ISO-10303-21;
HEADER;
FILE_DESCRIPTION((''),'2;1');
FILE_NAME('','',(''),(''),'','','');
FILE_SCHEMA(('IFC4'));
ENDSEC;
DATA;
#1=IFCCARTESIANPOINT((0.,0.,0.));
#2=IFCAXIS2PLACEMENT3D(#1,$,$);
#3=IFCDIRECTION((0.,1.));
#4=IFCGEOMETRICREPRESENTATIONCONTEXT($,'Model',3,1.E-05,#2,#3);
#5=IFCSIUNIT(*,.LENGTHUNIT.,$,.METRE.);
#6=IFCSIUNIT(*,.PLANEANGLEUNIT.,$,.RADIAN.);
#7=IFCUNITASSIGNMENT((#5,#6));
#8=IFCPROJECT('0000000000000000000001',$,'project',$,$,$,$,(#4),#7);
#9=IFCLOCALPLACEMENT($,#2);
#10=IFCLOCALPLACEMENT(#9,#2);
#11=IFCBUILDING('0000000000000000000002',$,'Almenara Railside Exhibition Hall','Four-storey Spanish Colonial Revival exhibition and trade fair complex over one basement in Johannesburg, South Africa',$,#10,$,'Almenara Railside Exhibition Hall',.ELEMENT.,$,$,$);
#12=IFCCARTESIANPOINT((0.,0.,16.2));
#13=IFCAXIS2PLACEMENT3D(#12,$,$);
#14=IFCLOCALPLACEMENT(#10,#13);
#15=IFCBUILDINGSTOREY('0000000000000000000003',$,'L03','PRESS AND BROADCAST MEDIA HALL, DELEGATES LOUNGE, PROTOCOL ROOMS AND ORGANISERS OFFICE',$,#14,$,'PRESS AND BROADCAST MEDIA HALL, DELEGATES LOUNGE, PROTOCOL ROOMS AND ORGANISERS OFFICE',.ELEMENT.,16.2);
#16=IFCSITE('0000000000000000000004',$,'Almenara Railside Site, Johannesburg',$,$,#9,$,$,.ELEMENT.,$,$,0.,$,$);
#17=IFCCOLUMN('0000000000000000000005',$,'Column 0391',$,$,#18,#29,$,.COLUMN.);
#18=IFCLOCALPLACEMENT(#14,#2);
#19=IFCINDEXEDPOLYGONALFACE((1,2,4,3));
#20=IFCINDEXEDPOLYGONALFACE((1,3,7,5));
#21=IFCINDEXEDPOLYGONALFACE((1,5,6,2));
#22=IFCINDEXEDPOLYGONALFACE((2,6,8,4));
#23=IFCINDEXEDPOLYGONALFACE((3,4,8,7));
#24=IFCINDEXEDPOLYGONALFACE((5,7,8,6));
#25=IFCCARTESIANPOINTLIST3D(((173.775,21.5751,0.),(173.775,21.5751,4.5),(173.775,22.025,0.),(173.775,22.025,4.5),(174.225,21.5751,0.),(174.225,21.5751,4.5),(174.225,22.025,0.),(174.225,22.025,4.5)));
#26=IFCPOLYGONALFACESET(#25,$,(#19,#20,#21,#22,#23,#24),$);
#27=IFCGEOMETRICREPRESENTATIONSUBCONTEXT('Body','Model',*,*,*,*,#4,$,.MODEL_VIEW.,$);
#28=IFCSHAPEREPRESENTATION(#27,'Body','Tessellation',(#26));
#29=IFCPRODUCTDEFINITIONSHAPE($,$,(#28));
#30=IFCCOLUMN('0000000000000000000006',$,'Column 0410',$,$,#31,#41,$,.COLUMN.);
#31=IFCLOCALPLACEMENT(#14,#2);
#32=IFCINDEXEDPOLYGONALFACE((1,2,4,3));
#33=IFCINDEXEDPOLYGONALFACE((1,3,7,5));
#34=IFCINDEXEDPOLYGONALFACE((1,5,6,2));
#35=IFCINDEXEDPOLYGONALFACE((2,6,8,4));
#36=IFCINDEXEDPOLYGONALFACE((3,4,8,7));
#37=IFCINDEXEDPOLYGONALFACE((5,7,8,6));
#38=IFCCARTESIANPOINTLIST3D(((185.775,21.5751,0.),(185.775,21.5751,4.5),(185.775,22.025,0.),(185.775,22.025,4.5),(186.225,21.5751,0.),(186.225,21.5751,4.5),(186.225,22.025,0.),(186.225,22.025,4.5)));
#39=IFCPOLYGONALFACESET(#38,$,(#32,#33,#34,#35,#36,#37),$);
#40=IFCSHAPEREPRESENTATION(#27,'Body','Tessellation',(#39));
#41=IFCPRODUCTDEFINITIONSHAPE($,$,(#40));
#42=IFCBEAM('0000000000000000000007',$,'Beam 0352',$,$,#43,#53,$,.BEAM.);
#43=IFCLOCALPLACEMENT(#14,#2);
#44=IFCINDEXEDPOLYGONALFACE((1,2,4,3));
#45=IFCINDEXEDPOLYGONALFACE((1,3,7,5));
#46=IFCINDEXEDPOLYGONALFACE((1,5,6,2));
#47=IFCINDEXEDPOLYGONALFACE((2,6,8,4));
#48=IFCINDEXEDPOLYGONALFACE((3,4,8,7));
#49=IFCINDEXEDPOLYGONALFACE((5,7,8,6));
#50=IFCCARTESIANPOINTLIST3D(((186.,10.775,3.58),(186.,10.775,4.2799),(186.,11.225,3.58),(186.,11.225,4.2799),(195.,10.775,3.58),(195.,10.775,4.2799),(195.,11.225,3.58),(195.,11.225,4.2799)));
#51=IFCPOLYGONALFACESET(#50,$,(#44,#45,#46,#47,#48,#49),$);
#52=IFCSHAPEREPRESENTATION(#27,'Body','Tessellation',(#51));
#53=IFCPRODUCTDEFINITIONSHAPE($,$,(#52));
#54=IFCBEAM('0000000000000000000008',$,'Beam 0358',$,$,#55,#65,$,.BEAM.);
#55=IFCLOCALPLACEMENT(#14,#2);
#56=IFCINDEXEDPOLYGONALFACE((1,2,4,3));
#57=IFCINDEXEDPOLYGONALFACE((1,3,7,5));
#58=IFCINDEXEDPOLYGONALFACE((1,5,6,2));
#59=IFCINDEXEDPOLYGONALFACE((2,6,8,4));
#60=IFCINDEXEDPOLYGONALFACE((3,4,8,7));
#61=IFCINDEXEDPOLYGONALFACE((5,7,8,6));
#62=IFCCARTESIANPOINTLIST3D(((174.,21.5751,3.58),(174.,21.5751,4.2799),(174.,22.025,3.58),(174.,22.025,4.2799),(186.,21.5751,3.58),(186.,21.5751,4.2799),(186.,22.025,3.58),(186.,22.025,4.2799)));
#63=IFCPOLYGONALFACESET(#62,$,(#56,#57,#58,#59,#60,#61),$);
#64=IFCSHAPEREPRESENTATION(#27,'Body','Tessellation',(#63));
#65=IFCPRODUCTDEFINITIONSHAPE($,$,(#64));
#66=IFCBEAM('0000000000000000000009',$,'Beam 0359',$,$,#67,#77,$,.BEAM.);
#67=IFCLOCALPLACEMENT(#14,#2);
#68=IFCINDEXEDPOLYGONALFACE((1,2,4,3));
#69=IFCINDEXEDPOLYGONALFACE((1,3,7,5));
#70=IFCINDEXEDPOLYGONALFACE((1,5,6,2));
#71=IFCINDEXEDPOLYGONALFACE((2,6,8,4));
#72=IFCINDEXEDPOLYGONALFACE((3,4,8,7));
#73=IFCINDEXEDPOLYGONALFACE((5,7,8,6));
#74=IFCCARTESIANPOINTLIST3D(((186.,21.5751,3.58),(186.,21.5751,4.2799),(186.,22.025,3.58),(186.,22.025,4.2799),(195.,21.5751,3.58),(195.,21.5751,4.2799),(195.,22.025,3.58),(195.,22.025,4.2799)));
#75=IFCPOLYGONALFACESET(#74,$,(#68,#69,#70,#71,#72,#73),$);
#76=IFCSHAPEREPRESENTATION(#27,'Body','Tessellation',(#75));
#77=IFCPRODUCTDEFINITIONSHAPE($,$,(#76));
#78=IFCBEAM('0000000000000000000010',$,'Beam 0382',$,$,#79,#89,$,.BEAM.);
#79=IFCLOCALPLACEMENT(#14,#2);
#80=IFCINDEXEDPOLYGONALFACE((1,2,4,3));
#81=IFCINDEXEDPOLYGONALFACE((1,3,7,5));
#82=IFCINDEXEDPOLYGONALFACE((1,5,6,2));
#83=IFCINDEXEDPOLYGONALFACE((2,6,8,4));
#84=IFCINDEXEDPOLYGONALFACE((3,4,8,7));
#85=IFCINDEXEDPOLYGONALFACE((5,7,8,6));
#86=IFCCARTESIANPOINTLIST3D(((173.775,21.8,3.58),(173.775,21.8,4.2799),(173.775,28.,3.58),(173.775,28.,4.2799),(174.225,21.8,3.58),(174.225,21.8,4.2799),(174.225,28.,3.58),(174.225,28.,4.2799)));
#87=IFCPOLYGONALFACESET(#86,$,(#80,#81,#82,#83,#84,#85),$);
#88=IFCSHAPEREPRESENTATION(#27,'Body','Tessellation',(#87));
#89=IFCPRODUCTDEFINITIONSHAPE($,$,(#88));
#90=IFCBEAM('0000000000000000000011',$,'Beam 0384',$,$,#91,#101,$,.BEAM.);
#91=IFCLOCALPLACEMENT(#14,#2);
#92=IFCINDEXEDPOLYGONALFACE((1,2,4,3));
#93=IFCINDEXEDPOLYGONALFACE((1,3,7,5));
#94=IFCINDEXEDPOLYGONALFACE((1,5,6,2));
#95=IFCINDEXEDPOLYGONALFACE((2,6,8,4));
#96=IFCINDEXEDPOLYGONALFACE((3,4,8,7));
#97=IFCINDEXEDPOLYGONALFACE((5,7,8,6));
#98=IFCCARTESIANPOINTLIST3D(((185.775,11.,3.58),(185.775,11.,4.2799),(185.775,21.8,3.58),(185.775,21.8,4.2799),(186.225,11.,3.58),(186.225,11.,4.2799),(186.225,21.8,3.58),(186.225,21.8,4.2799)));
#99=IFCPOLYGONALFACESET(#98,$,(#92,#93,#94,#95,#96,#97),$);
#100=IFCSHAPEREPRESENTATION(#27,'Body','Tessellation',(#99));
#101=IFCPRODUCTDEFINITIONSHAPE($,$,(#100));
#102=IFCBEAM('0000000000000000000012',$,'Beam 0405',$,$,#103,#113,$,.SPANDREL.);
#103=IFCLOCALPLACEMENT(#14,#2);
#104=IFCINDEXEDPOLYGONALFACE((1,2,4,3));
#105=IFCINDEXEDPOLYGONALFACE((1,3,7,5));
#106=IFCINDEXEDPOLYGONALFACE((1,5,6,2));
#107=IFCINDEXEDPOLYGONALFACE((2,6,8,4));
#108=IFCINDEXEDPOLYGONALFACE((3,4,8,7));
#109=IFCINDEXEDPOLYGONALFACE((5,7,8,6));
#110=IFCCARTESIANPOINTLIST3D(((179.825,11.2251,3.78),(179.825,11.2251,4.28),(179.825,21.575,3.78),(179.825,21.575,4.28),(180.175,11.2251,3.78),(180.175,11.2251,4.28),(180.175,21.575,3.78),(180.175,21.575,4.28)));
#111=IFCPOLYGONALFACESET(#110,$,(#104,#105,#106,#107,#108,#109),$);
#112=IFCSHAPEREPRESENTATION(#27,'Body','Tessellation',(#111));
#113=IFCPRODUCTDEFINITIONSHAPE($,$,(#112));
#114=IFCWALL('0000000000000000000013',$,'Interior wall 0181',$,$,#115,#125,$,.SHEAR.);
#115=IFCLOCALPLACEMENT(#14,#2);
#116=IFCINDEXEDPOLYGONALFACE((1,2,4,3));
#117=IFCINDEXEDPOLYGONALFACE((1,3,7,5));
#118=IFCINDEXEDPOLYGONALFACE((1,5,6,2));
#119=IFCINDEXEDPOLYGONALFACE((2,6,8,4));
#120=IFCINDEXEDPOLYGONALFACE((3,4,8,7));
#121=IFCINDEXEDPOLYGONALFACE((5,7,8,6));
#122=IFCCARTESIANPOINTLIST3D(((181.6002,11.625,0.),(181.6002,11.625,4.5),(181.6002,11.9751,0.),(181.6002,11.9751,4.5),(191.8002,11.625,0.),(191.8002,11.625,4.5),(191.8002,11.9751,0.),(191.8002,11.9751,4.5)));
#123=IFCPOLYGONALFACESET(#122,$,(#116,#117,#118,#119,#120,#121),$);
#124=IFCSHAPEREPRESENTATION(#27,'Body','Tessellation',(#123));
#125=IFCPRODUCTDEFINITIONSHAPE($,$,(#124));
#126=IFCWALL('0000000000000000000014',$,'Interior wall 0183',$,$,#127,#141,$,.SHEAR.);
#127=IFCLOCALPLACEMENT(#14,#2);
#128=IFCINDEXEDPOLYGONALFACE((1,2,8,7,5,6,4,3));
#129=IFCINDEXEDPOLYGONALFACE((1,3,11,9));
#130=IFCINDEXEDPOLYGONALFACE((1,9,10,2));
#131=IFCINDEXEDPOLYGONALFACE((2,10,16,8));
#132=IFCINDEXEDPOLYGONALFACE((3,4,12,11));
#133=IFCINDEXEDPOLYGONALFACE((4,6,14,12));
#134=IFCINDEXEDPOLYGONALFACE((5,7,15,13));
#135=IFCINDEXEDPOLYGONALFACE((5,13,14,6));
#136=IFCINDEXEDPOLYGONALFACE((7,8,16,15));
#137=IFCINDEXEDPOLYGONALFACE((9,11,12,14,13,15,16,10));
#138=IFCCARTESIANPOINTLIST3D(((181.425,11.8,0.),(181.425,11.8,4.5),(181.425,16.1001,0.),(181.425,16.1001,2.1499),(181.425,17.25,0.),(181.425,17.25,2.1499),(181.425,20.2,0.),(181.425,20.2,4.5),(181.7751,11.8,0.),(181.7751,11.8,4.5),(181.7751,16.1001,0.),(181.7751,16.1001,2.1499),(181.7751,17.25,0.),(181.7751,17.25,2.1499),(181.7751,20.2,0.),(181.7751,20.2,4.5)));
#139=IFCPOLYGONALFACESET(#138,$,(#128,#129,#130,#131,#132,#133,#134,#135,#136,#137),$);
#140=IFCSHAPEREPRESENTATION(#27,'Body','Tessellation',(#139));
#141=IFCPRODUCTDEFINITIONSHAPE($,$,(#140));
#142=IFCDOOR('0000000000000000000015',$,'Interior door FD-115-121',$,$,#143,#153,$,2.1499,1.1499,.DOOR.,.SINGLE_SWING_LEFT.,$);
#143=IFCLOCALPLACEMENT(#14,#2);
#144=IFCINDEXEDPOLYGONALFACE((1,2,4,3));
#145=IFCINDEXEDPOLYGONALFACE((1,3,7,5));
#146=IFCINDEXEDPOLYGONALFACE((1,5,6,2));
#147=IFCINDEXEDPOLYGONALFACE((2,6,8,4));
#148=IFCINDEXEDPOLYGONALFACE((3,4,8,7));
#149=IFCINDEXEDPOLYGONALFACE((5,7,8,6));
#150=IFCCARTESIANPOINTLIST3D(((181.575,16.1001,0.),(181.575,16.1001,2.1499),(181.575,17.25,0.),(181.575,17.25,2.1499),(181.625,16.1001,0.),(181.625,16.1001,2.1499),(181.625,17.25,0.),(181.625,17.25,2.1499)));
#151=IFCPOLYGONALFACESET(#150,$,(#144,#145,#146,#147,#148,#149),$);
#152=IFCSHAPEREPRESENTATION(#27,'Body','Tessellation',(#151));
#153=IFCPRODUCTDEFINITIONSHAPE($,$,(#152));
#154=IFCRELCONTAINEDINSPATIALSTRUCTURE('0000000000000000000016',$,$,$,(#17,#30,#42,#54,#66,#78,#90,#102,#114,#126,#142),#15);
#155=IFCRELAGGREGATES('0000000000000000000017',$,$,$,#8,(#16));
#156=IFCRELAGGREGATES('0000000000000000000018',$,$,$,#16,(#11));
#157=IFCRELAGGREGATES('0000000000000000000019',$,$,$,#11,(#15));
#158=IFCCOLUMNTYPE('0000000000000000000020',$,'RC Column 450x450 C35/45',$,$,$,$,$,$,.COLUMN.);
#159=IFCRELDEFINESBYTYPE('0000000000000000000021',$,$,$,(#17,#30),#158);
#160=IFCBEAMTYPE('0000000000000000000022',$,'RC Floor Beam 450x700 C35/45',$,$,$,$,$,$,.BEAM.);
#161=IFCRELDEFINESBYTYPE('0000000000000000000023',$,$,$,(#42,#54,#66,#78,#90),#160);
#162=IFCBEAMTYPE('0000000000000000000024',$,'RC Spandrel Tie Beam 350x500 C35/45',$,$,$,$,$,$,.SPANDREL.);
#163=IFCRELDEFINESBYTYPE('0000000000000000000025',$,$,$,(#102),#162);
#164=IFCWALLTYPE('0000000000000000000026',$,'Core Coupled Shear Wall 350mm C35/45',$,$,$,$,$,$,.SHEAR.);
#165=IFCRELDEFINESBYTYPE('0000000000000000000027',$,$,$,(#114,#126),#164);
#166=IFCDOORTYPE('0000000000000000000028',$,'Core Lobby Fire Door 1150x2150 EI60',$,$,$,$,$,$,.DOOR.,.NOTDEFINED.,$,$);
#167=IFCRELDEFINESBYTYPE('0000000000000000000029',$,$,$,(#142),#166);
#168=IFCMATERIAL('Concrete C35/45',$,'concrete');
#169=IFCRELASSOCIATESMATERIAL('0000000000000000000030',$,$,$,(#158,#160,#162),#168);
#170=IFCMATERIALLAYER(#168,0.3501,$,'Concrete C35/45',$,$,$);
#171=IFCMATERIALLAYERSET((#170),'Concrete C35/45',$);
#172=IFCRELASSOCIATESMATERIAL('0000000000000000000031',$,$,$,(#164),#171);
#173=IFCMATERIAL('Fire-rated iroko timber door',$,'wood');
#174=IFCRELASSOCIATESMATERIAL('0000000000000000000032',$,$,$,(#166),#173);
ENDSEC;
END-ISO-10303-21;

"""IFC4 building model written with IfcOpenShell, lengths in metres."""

from ifc_helpers import new_model, si_unit, direction, frame, frame_2d, origin, origin_2d, place, context, subcontext, project, spatial, rectangle, extrude, material, layer, layer_set, material_profile, profile_set, type_object, element, fill, save


model = new_model("IFC4")

# Units and contexts
model_context = context("Model", 3, precision=1e-05, world=origin(), true_north=direction((0.0, 1.0)))
body_context = subcontext(model_context, "Body", "Model", "MODEL_VIEW")
ifc_project = project(units=[si_unit("LENGTHUNIT", "METRE"), si_unit("PLANEANGLEUNIT", "RADIAN")], contexts=[model_context])

# Site, building, storey
site_placement = place(None, origin())
site = spatial("IfcSite", under=ifc_project, at=site_placement, Name="Almenara Railside Site, Johannesburg", CompositionType="ELEMENT", RefElevation=0.0)
building_placement = place(site_placement, origin())
building = spatial("IfcBuilding", under=site, at=building_placement, Name="Almenara Railside Exhibition Hall", Description="Four-storey Spanish Colonial Revival exhibition and trade fair complex over one basement in Johannesburg, South Africa", LongName="Almenara Railside Exhibition Hall", CompositionType="ELEMENT")
storey_placement = place(building_placement, frame((0.0, 0.0, 16.2)))
storey = spatial("IfcBuildingStorey", under=building, at=storey_placement, Name="L03", Description="PRESS AND BROADCAST MEDIA HALL, DELEGATES LOUNGE, PROTOCOL ROOMS AND ORGANISERS OFFICE", LongName="PRESS AND BROADCAST MEDIA HALL, DELEGATES LOUNGE, PROTOCOL ROOMS AND ORGANISERS OFFICE", CompositionType="ELEMENT", Elevation=16.2)

# Columns
ifc_material_1 = material(Name="Concrete C35/45", Category="concrete")
ifc_material_profile_1 = material_profile(ifc_material_1, rectangle(XDim=0.45, YDim=0.45, at=origin_2d()), Name="RC 450x450")
ifc_profile_set_1 = profile_set([ifc_material_profile_1], Name="Concrete C35/45")
column_type = type_object("IfcColumnType", Name="RC Column 450x450 C35/45", PredefinedType="COLUMN", material=ifc_profile_set_1)
for number, where, z_axis, x_axis, name in (
    (1, (174.0, 21.8, 0.0), (0.0, 0.0, 1.0), (1.0, 0.0, 0.0), "Column 0391"),
    (2, (186.0, 21.8, 0.0), (0.0, 0.0, 1.0), (1.0, 0.0, 0.0), "Column 0410"),
):
    element("IfcColumn", number, at=place(storey_placement, frame(where, z_axis=z_axis, x_axis=x_axis)), inside=storey, type_object=column_type, Name=name, PredefinedType="COLUMN", context=body_context, shape_type="SweptSolid", body=[
        extrude(rectangle(XDim=0.45, YDim=0.45, at=origin_2d()), origin(), (0.0, 0.0, 1.0), 4.5),
    ])

# Beams
ifc_material_profile_2 = material_profile(ifc_material_1, rectangle(XDim=0.45, YDim=0.7, at=origin_2d()), Name="RC 450x700")
ifc_profile_set_2 = profile_set([ifc_material_profile_2], Name="Concrete C35/45")
beam_type_1 = type_object("IfcBeamType", Name="RC Floor Beam 450x700 C35/45", PredefinedType="BEAM", material=ifc_profile_set_2)
beam_1_placement = place(storey_placement, frame((186.0, 11.0, 3.9299), z_axis=(1.0, 0.0, 0.0), x_axis=(0.0, 1.0, 0.0)))
element("IfcBeam", 3, at=beam_1_placement, inside=storey, type_object=beam_type_1, Name="Beam 0352", PredefinedType="BEAM", context=body_context, shape_type="SweptSolid", body=[
    extrude(rectangle(XDim=0.45, YDim=0.7, at=origin_2d()), origin(), (0.0, 0.0, 1.0), 9.0),
])
beam_2_placement = place(storey_placement, frame((174.0, 21.8, 3.9299), z_axis=(1.0, 0.0, 0.0), x_axis=(0.0, 1.0, 0.0)))
element("IfcBeam", 4, at=beam_2_placement, inside=storey, type_object=beam_type_1, Name="Beam 0358", PredefinedType="BEAM", context=body_context, shape_type="SweptSolid", body=[
    extrude(rectangle(XDim=0.45, YDim=0.7, at=origin_2d()), origin(), (0.0, 0.0, 1.0), 12.0),
])
beam_3_placement = place(storey_placement, frame((186.0, 21.8, 3.9299), z_axis=(1.0, 0.0, 0.0), x_axis=(0.0, 1.0, 0.0)))
element("IfcBeam", 5, at=beam_3_placement, inside=storey, type_object=beam_type_1, Name="Beam 0359", PredefinedType="BEAM", context=body_context, shape_type="SweptSolid", body=[
    extrude(rectangle(XDim=0.45, YDim=0.7, at=origin_2d()), origin(), (0.0, 0.0, 1.0), 9.0),
])
beam_4_placement = place(storey_placement, frame((174.0, 21.8, 3.9299), z_axis=(0.0, 1.0, 0.0), x_axis=(-1.0, 0.0, 0.0)))
element("IfcBeam", 6, at=beam_4_placement, inside=storey, type_object=beam_type_1, Name="Beam 0382", PredefinedType="BEAM", context=body_context, shape_type="SweptSolid", body=[
    extrude(rectangle(XDim=0.45, YDim=0.7, at=origin_2d()), origin(), (0.0, 0.0, 1.0), 6.2),
])
beam_5_placement = place(storey_placement, frame((186.0, 11.0, 3.9299), z_axis=(0.0, 1.0, 0.0), x_axis=(-1.0, 0.0, 0.0)))
element("IfcBeam", 7, at=beam_5_placement, inside=storey, type_object=beam_type_1, Name="Beam 0384", PredefinedType="BEAM", context=body_context, shape_type="SweptSolid", body=[
    extrude(rectangle(XDim=0.45, YDim=0.7, at=origin_2d()), origin(), (0.0, 0.0, 1.0), 10.8),
])
ifc_material_profile_3 = material_profile(ifc_material_1, rectangle(XDim=0.3501, YDim=0.5, at=origin_2d()), Name="RC 350x500")
ifc_profile_set_3 = profile_set([ifc_material_profile_3], Name="Concrete C35/45")
beam_type_2 = type_object("IfcBeamType", Name="RC Spandrel Tie Beam 350x500 C35/45", PredefinedType="SPANDREL", material=ifc_profile_set_3)
beam_6_placement = place(storey_placement, frame((180.0, 11.2251, 4.03), z_axis=(0.0, 1.0, 0.0), x_axis=(-1.0, 0.0, 0.0)))
element("IfcBeam", 8, at=beam_6_placement, inside=storey, type_object=beam_type_2, Name="Beam 0405", PredefinedType="SPANDREL", context=body_context, shape_type="SweptSolid", body=[
    extrude(rectangle(XDim=0.3501, YDim=0.5, at=origin_2d()), origin(), (0.0, 0.0, 1.0), 10.3499),
])

# Wall
ifc_layer_1 = layer(ifc_material_1, 0.3501, Name="Concrete C35/45")
ifc_layer_set_1 = layer_set([ifc_layer_1], Name="Concrete C35/45")
wall_type_1 = type_object("IfcWallType", Name="Core Coupled Shear Wall 350mm C35/45", PredefinedType="SHEAR", material=ifc_layer_set_1)
wall_1_placement = place(storey_placement, frame((181.6001, 11.8, 0.0), z_axis=(0.0, 0.0, 1.0), x_axis=(1.0, 0.0, 0.0)))
element("IfcWall", 9, at=wall_1_placement, inside=storey, type_object=wall_type_1, Name="Interior wall 0181", PredefinedType="SHEAR", context=body_context, shape_type="SweptSolid", body=[
    extrude(rectangle(XDim=10.2, YDim=0.3501, at=frame_2d((5.1001, 0.0))), origin(), (0.0, 0.0, 1.0), 4.5),
])

# Wall, opening, door
wall_2_placement = place(storey_placement, frame((181.6001, 20.2, 0.0), z_axis=(0.0, 0.0, 1.0), x_axis=(0.0, -1.0, 0.0)))
wall_2 = element("IfcWall", 10, at=wall_2_placement, inside=storey, type_object=wall_type_1, Name="Interior wall 0183", PredefinedType="SHEAR", context=body_context, shape_type="SweptSolid", body=[
    extrude(rectangle(XDim=8.3999, YDim=0.3501, at=frame_2d((4.2, 0.0))), origin(), (0.0, 0.0, 1.0), 4.5),
])
opening_1_placement = place(wall_2_placement, frame((2.95, 0.0, 0.0)))
opening_1 = element("IfcOpeningElement", 11, at=opening_1_placement, cuts=wall_2, PredefinedType="OPENING", context=body_context, shape_type="SweptSolid", body=[
    extrude(rectangle(XDim=1.1499, YDim=2.1499, at=frame_2d((0.575, 1.075))), frame((0.0, 0.1851, 0.0), z_axis=(0.0, -1.0, 0.0), x_axis=(1.0, 0.0, 0.0)), (0.0, 0.0, 1.0), 0.3701),
])
ifc_material_2 = material(Name="Fire-rated iroko timber door", Category="wood")
door_type_1 = type_object("IfcDoorType", Name="Core Lobby Fire Door 1150x2150 EI60", OperationType="NOTDEFINED", PredefinedType="DOOR", material=ifc_material_2)
door_1_placement = place(opening_1_placement, origin())
door_1 = element("IfcDoor", 12, at=door_1_placement, inside=storey, type_object=door_type_1, Name="Interior door FD-115-121", OperationType="SINGLE_SWING_LEFT", OverallHeight=2.1499, OverallWidth=1.1499, PredefinedType="DOOR", context=body_context, shape_type="SweptSolid", body=[
    extrude(rectangle(XDim=1.1499, YDim=2.1499, at=frame_2d((0.575, 1.075))), frame((0.0, 0.0249, 0.0), z_axis=(0.0, -1.0, 0.0), x_axis=(1.0, 0.0, 0.0)), (0.0, 0.0, 1.0), 0.05),
])
fill(opening_1, door_1)

save(model, "model.ifc")
